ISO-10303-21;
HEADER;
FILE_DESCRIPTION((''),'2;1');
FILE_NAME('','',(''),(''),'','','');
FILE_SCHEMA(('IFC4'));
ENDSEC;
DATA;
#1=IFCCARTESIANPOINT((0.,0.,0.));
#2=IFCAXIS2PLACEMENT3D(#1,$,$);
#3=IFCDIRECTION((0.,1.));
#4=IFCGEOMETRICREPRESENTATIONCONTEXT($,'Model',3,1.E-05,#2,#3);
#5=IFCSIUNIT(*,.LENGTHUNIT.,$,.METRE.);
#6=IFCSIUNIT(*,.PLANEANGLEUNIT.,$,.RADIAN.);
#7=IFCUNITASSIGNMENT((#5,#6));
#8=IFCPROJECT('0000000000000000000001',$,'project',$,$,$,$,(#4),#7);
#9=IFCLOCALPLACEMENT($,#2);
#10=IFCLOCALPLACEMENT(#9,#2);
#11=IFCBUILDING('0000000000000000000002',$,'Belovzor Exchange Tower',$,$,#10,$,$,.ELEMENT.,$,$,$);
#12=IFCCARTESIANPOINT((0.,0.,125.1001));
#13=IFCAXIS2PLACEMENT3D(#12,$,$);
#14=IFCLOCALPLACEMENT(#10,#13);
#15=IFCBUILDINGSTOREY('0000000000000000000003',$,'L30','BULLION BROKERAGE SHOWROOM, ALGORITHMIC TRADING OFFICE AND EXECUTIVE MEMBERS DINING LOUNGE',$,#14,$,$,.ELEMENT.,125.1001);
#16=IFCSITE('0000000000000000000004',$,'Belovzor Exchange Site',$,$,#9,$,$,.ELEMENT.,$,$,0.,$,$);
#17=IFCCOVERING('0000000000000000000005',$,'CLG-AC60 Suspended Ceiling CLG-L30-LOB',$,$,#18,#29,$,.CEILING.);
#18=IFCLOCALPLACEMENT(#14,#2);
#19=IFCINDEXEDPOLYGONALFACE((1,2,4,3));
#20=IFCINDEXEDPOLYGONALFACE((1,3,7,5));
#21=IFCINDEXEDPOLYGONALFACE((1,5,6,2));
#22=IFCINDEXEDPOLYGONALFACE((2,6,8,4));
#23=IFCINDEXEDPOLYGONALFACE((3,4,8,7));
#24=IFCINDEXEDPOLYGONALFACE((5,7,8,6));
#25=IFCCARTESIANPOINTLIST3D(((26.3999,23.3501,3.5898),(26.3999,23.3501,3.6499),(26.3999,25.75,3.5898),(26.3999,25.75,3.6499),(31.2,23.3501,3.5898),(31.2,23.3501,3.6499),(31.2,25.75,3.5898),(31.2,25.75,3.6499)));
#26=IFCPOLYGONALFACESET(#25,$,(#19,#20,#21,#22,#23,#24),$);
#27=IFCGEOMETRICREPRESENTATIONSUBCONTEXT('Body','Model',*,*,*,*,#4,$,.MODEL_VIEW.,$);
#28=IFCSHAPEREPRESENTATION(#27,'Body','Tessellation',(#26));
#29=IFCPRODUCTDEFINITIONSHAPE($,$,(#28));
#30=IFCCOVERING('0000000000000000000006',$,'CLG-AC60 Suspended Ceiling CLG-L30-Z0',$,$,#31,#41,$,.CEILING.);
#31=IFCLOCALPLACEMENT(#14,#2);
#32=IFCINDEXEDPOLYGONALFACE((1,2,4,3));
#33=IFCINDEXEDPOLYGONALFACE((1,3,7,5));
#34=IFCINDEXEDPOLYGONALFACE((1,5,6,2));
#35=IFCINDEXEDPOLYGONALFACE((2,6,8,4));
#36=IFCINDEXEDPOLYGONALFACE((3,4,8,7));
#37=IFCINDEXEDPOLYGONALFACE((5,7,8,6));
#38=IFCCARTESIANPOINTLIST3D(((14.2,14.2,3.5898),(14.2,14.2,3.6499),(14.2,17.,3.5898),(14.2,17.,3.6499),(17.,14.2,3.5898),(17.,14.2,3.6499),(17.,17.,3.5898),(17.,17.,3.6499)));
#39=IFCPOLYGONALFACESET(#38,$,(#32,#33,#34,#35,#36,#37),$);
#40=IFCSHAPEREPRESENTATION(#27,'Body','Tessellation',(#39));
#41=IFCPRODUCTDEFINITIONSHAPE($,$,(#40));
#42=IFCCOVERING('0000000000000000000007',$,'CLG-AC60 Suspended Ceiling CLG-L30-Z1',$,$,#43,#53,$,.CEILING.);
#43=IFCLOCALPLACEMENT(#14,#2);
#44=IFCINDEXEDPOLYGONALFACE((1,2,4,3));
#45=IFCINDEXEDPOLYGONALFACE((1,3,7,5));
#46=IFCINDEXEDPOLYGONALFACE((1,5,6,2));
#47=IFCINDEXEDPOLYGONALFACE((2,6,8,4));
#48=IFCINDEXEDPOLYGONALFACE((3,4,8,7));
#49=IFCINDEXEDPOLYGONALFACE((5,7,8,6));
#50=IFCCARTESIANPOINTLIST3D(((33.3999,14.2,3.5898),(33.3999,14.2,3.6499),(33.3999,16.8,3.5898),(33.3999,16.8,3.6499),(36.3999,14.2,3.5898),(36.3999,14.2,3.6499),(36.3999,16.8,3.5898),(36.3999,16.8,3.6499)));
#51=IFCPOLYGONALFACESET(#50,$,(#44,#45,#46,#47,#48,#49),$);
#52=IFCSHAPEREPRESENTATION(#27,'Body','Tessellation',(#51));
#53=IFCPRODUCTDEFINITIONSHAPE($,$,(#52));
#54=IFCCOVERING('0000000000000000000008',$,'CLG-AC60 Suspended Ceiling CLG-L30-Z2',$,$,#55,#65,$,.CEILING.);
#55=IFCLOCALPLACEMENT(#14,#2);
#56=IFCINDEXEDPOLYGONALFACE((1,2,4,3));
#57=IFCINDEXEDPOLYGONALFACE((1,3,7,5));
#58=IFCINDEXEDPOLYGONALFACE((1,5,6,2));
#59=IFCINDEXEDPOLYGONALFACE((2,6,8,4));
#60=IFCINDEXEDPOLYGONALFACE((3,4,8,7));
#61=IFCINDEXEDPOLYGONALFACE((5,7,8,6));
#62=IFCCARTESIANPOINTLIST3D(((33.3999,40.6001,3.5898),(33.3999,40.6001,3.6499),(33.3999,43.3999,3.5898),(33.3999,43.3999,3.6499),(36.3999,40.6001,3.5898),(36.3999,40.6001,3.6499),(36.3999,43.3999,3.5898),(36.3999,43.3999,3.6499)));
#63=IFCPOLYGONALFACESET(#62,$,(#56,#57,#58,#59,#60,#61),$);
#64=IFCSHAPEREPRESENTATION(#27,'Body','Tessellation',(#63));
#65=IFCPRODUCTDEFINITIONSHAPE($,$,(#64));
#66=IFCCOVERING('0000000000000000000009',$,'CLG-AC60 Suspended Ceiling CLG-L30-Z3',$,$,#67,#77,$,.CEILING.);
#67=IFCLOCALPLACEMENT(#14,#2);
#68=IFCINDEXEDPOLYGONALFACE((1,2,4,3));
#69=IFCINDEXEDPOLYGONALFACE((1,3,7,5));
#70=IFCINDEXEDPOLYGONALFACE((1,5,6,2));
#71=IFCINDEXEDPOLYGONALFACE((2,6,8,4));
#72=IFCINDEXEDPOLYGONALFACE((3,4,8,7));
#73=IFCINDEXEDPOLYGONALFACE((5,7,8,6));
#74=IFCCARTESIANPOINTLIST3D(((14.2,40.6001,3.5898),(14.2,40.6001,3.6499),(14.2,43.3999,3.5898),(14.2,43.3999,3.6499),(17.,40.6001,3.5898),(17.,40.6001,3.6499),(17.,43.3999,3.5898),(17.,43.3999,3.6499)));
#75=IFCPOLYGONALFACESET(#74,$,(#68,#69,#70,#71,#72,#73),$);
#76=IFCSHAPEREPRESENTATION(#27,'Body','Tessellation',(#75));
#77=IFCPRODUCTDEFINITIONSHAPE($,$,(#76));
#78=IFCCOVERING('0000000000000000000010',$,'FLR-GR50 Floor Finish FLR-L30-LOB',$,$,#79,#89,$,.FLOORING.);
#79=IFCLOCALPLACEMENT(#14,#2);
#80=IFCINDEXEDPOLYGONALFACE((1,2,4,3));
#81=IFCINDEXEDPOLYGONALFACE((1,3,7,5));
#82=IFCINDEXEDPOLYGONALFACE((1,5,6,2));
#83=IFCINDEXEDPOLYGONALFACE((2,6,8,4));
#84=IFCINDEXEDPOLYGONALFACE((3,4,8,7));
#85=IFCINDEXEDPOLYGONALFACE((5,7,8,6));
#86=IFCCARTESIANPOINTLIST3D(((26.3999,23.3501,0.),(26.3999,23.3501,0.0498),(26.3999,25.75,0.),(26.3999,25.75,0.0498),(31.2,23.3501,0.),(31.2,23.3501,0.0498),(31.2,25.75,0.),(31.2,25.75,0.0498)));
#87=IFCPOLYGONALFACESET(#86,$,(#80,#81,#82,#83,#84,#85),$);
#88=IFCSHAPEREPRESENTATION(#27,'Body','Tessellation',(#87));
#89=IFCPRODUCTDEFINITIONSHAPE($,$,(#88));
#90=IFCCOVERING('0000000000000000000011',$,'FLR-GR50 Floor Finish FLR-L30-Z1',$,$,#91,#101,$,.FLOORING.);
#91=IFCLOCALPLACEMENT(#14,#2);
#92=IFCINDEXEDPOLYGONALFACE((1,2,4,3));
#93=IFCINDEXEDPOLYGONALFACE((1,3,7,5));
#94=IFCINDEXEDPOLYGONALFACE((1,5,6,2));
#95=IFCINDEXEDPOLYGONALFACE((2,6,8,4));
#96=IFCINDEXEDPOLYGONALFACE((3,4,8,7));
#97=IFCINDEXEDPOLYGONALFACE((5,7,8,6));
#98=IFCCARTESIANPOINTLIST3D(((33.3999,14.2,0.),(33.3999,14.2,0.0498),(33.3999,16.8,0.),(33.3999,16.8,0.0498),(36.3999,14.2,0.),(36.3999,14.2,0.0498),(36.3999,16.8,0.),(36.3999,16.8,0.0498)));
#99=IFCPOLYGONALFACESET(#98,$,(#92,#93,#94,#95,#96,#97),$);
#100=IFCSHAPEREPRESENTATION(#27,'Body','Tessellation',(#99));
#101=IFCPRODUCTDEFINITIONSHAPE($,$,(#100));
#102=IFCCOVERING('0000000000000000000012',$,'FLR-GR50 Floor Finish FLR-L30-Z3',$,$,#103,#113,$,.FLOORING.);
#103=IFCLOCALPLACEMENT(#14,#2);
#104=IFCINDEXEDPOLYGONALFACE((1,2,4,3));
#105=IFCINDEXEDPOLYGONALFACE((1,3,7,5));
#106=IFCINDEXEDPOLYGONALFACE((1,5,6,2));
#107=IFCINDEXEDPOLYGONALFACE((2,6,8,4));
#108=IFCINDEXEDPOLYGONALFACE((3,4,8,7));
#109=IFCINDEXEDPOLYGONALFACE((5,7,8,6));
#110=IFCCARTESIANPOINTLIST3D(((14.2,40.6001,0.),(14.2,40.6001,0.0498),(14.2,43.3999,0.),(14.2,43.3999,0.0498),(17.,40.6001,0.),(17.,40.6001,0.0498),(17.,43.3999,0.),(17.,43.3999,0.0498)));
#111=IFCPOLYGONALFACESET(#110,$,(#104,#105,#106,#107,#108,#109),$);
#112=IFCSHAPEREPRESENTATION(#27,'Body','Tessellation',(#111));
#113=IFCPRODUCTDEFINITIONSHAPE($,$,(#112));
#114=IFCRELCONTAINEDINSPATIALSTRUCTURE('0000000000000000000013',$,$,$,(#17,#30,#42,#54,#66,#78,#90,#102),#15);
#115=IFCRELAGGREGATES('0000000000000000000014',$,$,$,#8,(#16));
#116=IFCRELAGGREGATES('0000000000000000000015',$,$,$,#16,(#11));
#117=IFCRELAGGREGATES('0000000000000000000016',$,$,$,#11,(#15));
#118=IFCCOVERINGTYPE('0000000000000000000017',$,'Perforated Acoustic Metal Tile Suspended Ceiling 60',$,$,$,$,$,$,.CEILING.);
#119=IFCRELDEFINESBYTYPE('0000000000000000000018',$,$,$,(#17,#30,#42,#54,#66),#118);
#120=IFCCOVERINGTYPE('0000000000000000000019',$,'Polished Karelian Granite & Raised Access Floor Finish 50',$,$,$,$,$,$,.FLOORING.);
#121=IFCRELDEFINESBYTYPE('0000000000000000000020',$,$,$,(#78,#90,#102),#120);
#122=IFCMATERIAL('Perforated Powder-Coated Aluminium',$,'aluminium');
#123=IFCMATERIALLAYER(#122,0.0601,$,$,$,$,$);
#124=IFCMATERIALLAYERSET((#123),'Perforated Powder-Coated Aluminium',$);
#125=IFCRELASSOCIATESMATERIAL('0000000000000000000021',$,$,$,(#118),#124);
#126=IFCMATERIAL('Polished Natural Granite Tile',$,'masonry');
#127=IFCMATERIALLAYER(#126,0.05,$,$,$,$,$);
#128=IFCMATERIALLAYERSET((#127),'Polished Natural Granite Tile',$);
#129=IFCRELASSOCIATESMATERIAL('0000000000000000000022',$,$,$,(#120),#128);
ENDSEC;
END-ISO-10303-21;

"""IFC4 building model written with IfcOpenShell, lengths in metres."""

from ifc_helpers import new_model, si_unit, direction, frame, origin, place, context, subcontext, project, spatial, polyline, outline, extrude, material, layer, layer_set, type_object, element, save


model = new_model("IFC4")

# Units and contexts
model_context = context("Model", 3, precision=1e-05, world=origin(), true_north=direction((0.0, 1.0)))
body_context = subcontext(model_context, "Body", "Model", "MODEL_VIEW")
ifc_project = project(units=[si_unit("LENGTHUNIT", "METRE"), si_unit("PLANEANGLEUNIT", "RADIAN")], contexts=[model_context])

# Site, building, storey
site_placement = place(None, origin())
site = spatial("IfcSite", under=ifc_project, at=site_placement, Name="Belovzor Exchange Site", CompositionType="ELEMENT", RefElevation=0.0)
building_placement = place(site_placement, origin())
building = spatial("IfcBuilding", under=site, at=building_placement, Name="Belovzor Exchange Tower", CompositionType="ELEMENT")
storey_placement = place(building_placement, frame((0.0, 0.0, 125.1001)))
storey = spatial("IfcBuildingStorey", under=building, at=storey_placement, Name="L30", Description="BULLION BROKERAGE SHOWROOM, ALGORITHMIC TRADING OFFICE AND EXECUTIVE MEMBERS DINING LOUNGE", CompositionType="ELEMENT", Elevation=125.1001)

# Coverings
ifc_material_1 = material(Name="Perforated Powder-Coated Aluminium", Category="aluminium")
ifc_layer_1 = layer(ifc_material_1, 0.0601)
ifc_layer_set_1 = layer_set([ifc_layer_1], Name="Perforated Powder-Coated Aluminium")
covering_type_1 = type_object("IfcCoveringType", Name="Perforated Acoustic Metal Tile Suspended Ceiling 60", PredefinedType="CEILING", material=ifc_layer_set_1)
covering_1_placement = place(storey_placement, frame((0.0, 0.0, 3.5898)))
element("IfcCovering", 1, at=covering_1_placement, inside=storey, type_object=covering_type_1, Name="CLG-AC60 Suspended Ceiling CLG-L30-LOB", PredefinedType="CEILING", context=body_context, shape_type="SweptSolid", body=[
    extrude(outline(polyline([(26.3999, 23.3501), (31.2, 23.3501), (31.2, 25.75), (26.3999, 25.75), (26.3999, 23.3501)])), origin(), (0.0, 0.0, 1.0), 0.0601),
])
covering_2_placement = place(storey_placement, frame((0.0, 0.0, 3.5898)))
element("IfcCovering", 2, at=covering_2_placement, inside=storey, type_object=covering_type_1, Name="CLG-AC60 Suspended Ceiling CLG-L30-Z0", PredefinedType="CEILING", context=body_context, shape_type="SweptSolid", body=[
    extrude(outline(polyline([(14.2, 14.2), (17.0, 14.2), (17.0, 17.0), (14.2, 17.0), (14.2, 14.2)])), origin(), (0.0, 0.0, 1.0), 0.0601),
])
covering_3_placement = place(storey_placement, frame((0.0, 0.0, 3.5898)))
element("IfcCovering", 3, at=covering_3_placement, inside=storey, type_object=covering_type_1, Name="CLG-AC60 Suspended Ceiling CLG-L30-Z1", PredefinedType="CEILING", context=body_context, shape_type="SweptSolid", body=[
    extrude(outline(polyline([(33.3999, 14.2), (36.3999, 14.2), (36.3999, 16.8), (33.3999, 16.8), (33.3999, 14.2)])), origin(), (0.0, 0.0, 1.0), 0.0601),
])
covering_4_placement = place(storey_placement, frame((0.0, 0.0, 3.5898)))
element("IfcCovering", 4, at=covering_4_placement, inside=storey, type_object=covering_type_1, Name="CLG-AC60 Suspended Ceiling CLG-L30-Z2", PredefinedType="CEILING", context=body_context, shape_type="SweptSolid", body=[
    extrude(outline(polyline([(33.3999, 40.6001), (36.3999, 40.6001), (36.3999, 43.3999), (33.3999, 43.3999), (33.3999, 40.6001)])), origin(), (0.0, 0.0, 1.0), 0.0601),
])
covering_5_placement = place(storey_placement, frame((0.0, 0.0, 3.5898)))
element("IfcCovering", 5, at=covering_5_placement, inside=storey, type_object=covering_type_1, Name="CLG-AC60 Suspended Ceiling CLG-L30-Z3", PredefinedType="CEILING", context=body_context, shape_type="SweptSolid", body=[
    extrude(outline(polyline([(14.2, 40.6001), (17.0, 40.6001), (17.0, 43.3999), (14.2, 43.3999), (14.2, 40.6001)])), origin(), (0.0, 0.0, 1.0), 0.0601),
])
ifc_material_2 = material(Name="Polished Natural Granite Tile", Category="masonry")
ifc_layer_2 = layer(ifc_material_2, 0.05)
ifc_layer_set_2 = layer_set([ifc_layer_2], Name="Polished Natural Granite Tile")
covering_type_2 = type_object("IfcCoveringType", Name="Polished Karelian Granite & Raised Access Floor Finish 50", PredefinedType="FLOORING", material=ifc_layer_set_2)
covering_6_placement = place(storey_placement, origin())
element("IfcCovering", 6, at=covering_6_placement, inside=storey, type_object=covering_type_2, Name="FLR-GR50 Floor Finish FLR-L30-LOB", PredefinedType="FLOORING", context=body_context, shape_type="SweptSolid", body=[
    extrude(outline(polyline([(26.3999, 23.3501), (31.2, 23.3501), (31.2, 25.75), (26.3999, 25.75), (26.3999, 23.3501)])), origin(), (0.0, 0.0, 1.0), 0.0498),
])
covering_7_placement = place(storey_placement, origin())
element("IfcCovering", 7, at=covering_7_placement, inside=storey, type_object=covering_type_2, Name="FLR-GR50 Floor Finish FLR-L30-Z1", PredefinedType="FLOORING", context=body_context, shape_type="SweptSolid", body=[
    extrude(outline(polyline([(33.3999, 14.2), (36.3999, 14.2), (36.3999, 16.8), (33.3999, 16.8), (33.3999, 14.2)])), origin(), (0.0, 0.0, 1.0), 0.0498),
])
covering_8_placement = place(storey_placement, origin())
element("IfcCovering", 8, at=covering_8_placement, inside=storey, type_object=covering_type_2, Name="FLR-GR50 Floor Finish FLR-L30-Z3", PredefinedType="FLOORING", context=body_context, shape_type="SweptSolid", body=[
    extrude(outline(polyline([(14.2, 40.6001), (17.0, 40.6001), (17.0, 43.3999), (14.2, 43.3999), (14.2, 40.6001)])), origin(), (0.0, 0.0, 1.0), 0.0498),
])

save(model, "model.ifc")
